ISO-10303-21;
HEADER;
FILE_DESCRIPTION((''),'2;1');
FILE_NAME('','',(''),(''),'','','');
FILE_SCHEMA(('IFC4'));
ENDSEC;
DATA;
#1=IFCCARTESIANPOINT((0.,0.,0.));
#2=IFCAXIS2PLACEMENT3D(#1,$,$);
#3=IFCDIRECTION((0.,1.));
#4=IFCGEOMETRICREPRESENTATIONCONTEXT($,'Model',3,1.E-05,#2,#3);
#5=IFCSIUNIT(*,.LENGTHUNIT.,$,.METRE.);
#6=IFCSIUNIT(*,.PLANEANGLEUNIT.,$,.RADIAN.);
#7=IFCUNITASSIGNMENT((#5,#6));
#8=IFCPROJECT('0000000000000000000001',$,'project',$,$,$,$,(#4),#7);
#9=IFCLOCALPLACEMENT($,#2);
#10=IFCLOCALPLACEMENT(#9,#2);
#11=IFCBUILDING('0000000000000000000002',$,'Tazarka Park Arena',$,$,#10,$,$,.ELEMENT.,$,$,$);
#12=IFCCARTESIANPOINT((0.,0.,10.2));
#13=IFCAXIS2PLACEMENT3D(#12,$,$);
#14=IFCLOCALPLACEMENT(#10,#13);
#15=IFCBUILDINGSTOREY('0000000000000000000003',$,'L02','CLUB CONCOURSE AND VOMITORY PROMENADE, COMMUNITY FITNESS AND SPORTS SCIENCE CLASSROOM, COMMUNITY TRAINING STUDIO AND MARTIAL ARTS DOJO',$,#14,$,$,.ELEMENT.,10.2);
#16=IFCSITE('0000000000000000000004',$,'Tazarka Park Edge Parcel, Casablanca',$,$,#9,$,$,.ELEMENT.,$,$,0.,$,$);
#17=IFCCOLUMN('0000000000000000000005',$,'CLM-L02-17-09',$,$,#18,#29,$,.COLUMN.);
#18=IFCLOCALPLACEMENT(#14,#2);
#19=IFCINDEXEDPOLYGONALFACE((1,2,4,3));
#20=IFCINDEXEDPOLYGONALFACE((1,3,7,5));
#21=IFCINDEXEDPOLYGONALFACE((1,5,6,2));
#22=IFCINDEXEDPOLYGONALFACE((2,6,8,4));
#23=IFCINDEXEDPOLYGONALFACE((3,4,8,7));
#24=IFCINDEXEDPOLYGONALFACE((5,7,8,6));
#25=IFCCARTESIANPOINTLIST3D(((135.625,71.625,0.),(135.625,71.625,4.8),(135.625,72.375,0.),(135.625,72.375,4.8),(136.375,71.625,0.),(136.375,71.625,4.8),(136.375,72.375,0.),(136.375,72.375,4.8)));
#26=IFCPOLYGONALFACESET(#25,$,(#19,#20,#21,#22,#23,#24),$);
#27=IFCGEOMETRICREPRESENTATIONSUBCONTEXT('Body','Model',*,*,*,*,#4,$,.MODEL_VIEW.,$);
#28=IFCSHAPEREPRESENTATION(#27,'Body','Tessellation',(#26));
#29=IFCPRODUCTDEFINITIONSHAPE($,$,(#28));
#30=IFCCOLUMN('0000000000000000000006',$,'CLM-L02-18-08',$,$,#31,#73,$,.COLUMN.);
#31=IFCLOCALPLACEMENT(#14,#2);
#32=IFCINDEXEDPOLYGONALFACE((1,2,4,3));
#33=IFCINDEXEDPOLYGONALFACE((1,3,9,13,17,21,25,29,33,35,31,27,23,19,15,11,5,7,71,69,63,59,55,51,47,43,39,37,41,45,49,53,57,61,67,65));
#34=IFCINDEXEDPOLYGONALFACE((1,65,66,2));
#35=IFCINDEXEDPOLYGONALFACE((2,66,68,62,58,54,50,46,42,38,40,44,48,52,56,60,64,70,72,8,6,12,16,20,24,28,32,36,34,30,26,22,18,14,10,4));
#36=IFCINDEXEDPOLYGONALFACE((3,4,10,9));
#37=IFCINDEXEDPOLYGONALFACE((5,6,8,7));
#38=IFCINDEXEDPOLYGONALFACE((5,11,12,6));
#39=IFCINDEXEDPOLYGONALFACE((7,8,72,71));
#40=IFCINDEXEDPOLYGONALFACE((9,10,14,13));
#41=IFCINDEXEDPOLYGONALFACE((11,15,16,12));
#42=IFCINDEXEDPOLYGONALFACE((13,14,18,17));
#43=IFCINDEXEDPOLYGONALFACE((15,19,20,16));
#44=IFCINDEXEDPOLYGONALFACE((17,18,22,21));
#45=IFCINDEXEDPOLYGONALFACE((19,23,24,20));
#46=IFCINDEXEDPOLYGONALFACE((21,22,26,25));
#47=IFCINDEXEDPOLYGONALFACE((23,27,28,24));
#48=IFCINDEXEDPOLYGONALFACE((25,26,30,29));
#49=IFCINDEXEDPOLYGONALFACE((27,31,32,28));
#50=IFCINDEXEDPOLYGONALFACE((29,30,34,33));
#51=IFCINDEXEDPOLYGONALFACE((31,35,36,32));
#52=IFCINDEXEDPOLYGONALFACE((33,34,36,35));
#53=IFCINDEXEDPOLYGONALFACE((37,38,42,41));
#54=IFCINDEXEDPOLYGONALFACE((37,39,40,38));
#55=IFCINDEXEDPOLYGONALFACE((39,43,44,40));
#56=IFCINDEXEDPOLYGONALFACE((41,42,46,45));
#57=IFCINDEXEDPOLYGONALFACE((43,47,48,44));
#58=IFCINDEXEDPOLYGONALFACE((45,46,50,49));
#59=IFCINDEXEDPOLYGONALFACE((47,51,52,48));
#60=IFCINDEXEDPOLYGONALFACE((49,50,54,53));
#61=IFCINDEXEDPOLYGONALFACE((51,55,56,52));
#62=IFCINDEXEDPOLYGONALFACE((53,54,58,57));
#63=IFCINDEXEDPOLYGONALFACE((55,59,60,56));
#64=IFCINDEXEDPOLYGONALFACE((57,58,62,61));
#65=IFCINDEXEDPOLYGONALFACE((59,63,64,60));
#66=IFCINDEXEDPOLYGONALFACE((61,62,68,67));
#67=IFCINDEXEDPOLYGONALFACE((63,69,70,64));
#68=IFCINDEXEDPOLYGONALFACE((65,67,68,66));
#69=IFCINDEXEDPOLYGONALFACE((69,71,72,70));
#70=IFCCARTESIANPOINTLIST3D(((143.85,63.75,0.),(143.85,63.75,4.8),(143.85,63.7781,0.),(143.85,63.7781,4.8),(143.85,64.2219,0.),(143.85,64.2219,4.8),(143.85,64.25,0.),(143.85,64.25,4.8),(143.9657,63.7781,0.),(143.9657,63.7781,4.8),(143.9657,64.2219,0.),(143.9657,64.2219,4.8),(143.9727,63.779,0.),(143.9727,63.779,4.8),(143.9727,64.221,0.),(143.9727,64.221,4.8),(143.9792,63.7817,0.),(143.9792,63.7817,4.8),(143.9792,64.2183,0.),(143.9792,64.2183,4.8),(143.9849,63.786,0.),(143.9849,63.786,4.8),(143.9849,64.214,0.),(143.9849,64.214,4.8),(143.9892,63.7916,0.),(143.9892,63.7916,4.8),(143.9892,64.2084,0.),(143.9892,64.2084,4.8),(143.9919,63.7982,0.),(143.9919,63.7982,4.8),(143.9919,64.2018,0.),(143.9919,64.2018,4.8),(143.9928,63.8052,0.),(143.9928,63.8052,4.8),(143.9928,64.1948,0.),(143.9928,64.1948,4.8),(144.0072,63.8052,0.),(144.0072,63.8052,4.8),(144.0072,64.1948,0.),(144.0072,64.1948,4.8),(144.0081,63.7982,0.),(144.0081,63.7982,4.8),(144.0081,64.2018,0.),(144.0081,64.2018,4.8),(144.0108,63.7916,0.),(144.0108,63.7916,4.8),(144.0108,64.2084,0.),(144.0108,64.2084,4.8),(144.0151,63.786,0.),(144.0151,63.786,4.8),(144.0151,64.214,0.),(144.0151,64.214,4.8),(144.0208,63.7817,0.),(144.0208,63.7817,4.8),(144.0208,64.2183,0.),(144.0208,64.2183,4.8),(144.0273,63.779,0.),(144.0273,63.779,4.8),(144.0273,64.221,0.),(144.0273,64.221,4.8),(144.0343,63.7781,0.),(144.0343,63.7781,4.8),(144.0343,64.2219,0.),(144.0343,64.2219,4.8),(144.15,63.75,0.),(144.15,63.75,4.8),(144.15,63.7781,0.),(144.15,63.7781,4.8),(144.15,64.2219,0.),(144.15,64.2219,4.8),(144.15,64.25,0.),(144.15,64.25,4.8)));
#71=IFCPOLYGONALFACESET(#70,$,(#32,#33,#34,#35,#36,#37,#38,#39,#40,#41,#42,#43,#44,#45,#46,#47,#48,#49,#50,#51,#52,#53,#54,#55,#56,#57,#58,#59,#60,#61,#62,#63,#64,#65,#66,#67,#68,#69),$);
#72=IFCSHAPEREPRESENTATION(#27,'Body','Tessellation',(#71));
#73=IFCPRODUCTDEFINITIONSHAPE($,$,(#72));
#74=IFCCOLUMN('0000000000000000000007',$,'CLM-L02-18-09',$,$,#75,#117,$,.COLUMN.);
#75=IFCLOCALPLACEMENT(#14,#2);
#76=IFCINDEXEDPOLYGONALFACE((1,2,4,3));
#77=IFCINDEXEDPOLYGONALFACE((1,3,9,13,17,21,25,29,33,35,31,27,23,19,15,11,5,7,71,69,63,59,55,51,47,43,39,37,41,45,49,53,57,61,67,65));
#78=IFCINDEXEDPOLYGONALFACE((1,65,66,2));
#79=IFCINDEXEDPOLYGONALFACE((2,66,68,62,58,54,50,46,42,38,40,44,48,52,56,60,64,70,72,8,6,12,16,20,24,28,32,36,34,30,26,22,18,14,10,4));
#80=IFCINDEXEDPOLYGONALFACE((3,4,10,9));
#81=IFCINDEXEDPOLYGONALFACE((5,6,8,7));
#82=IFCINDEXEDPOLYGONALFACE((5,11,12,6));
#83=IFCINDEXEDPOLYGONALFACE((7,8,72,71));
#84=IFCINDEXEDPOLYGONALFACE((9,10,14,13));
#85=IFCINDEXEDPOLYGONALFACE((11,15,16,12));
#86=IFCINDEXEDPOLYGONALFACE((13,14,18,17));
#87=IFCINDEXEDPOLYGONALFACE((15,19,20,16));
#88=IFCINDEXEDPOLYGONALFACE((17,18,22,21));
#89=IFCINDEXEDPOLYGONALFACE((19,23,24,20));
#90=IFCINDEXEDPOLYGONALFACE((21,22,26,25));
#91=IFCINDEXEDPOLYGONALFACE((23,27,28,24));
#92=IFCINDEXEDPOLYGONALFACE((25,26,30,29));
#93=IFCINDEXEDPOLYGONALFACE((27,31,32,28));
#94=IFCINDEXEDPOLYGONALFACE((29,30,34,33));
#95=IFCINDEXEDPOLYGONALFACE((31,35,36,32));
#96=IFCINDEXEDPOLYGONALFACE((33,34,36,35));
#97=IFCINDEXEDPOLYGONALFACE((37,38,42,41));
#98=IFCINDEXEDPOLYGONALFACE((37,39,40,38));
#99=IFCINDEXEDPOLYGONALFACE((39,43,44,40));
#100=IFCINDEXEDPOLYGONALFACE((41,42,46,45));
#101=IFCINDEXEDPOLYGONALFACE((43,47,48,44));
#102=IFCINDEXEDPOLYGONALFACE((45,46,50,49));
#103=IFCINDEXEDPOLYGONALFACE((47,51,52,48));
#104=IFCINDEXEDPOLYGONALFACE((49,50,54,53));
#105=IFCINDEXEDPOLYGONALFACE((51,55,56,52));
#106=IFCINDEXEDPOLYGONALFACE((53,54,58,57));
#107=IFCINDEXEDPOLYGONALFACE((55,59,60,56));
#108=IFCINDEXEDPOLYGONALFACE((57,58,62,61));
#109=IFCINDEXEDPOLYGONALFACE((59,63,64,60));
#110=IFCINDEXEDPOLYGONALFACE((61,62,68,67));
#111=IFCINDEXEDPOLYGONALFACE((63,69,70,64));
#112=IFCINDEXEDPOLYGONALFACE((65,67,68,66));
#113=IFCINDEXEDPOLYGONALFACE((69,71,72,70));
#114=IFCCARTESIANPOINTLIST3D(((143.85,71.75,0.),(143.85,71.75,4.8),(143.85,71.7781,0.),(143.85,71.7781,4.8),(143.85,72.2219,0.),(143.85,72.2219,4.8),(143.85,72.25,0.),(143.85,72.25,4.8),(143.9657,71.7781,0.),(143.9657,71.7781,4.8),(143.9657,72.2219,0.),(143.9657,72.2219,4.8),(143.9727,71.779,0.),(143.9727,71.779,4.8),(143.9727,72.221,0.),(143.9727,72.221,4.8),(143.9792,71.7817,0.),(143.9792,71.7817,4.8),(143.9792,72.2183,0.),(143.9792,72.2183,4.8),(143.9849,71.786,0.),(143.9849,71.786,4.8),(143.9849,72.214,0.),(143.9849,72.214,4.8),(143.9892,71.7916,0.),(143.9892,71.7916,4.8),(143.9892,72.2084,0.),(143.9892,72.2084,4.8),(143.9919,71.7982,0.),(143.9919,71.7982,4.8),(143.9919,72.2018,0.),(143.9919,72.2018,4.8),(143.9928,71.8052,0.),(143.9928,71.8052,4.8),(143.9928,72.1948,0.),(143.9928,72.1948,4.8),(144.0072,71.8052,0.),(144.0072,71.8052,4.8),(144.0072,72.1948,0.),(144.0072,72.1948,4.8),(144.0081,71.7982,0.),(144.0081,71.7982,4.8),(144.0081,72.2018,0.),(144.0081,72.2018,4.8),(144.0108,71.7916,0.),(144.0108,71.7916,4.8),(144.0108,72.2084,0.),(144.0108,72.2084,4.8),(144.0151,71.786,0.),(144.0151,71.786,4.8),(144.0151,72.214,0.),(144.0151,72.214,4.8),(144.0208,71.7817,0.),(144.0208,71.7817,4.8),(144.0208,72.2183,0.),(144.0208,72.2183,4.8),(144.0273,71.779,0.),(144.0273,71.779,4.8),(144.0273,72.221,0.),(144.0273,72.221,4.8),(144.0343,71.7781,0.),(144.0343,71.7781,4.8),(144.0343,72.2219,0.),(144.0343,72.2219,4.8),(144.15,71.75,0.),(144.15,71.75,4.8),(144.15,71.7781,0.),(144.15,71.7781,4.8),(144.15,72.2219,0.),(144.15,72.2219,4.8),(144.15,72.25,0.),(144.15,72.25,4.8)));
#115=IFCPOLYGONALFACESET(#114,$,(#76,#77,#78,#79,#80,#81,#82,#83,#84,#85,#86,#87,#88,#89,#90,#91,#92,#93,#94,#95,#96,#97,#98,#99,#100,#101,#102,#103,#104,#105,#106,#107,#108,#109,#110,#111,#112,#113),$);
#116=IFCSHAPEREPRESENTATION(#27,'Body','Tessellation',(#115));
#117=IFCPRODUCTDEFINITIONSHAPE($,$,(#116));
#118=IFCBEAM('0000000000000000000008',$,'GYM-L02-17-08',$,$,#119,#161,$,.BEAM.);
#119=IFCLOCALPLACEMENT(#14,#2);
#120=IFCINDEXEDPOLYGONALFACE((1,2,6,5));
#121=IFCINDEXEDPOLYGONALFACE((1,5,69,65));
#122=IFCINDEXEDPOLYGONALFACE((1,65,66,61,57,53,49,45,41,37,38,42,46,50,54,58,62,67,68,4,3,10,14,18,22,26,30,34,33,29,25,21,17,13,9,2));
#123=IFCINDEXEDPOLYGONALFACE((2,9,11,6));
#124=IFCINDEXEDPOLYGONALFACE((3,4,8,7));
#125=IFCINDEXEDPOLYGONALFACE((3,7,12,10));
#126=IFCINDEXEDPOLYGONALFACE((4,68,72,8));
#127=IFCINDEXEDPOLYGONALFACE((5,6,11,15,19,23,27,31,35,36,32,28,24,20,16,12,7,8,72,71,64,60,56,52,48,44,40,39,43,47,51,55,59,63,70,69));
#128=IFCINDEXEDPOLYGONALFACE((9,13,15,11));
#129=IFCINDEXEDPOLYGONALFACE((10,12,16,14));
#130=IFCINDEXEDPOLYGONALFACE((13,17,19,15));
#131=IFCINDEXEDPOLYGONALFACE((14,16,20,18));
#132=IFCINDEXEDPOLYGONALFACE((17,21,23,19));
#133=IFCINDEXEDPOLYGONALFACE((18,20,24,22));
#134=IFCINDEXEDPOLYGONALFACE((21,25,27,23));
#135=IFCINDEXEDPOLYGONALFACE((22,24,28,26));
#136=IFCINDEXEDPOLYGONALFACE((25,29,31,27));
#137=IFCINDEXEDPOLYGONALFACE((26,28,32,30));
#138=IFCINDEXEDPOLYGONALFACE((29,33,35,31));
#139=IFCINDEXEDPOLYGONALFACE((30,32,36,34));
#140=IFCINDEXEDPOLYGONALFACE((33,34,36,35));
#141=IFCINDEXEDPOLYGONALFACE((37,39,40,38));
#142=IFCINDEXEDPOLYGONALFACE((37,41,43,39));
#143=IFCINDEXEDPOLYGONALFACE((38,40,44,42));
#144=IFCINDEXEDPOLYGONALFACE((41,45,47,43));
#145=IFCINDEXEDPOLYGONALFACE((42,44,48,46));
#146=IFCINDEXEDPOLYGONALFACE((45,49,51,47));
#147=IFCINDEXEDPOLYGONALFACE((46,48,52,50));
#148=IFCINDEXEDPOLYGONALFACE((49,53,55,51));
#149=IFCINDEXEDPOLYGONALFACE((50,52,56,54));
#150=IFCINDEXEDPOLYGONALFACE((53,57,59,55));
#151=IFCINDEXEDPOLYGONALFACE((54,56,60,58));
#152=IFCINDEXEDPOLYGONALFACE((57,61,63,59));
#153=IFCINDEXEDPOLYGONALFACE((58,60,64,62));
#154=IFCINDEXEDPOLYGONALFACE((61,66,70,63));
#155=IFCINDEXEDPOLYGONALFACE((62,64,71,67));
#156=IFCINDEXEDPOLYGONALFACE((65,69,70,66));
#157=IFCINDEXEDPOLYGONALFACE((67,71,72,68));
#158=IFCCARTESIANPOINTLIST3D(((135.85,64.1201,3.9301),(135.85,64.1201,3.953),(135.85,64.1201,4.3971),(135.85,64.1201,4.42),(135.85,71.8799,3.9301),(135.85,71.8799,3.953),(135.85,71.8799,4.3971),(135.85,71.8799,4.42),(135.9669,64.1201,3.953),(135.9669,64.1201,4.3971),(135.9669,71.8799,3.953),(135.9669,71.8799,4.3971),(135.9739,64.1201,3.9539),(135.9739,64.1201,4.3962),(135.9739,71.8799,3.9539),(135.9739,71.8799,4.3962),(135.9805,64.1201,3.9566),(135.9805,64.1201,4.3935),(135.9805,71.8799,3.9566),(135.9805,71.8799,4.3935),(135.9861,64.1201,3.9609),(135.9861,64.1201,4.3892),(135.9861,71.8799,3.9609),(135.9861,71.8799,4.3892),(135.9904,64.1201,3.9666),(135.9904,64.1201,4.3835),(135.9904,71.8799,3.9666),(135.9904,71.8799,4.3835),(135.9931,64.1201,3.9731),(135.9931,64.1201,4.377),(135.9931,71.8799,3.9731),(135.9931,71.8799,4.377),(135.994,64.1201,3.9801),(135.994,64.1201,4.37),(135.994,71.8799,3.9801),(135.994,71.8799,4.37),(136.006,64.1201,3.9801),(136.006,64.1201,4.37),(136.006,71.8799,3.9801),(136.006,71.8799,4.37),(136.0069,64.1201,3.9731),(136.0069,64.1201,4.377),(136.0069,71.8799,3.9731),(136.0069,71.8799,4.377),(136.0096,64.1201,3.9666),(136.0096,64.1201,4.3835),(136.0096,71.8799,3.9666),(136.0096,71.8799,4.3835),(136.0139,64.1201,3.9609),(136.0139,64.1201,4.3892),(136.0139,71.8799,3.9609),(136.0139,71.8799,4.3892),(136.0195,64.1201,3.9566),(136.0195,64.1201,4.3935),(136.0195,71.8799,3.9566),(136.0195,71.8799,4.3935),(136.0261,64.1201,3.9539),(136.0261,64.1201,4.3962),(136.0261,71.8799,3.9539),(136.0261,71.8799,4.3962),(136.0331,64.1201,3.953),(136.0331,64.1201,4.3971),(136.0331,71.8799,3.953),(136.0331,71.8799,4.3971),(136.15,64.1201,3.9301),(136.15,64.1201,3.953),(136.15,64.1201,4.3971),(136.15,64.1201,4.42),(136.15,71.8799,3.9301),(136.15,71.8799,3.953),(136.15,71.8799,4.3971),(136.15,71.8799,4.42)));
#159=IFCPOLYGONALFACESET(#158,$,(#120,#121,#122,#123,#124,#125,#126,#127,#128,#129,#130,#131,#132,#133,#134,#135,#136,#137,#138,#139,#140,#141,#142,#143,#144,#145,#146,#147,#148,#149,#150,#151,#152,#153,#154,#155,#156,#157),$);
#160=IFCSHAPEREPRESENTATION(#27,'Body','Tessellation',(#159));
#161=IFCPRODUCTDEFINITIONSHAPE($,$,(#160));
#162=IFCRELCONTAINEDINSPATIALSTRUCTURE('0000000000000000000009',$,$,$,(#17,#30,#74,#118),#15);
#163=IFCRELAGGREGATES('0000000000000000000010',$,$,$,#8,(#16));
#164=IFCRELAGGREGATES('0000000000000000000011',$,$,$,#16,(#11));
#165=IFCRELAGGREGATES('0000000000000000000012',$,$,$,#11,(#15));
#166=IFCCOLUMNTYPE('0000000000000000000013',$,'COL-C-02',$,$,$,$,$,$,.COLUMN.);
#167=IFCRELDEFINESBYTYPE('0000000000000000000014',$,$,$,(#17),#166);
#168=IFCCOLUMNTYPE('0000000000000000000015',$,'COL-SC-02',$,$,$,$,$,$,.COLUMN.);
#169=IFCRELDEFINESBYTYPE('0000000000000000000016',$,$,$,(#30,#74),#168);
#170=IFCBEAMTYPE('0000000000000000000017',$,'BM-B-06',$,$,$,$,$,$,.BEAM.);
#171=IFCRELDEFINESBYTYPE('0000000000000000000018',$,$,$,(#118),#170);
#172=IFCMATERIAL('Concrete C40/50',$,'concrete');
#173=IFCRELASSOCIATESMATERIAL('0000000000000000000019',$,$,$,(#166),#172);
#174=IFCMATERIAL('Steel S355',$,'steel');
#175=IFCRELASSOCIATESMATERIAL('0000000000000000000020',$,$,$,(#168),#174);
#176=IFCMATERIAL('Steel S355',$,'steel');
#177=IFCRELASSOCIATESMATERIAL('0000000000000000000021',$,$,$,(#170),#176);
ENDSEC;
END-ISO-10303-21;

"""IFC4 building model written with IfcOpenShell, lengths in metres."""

from ifc_helpers import new_model, si_unit, direction, frame, origin, origin_2d, place, context, subcontext, project, spatial, rectangle, i_section, extrude, material, material_profile, profile_set, type_object, element, save


model = new_model("IFC4")

# Units and contexts
model_context = context("Model", 3, precision=1e-05, world=origin(), true_north=direction((0.0, 1.0)))
body_context = subcontext(model_context, "Body", "Model", "MODEL_VIEW")
ifc_project = project(units=[si_unit("LENGTHUNIT", "METRE"), si_unit("PLANEANGLEUNIT", "RADIAN")], contexts=[model_context])

# Site, building, storey
site_placement = place(None, origin())
site = spatial("IfcSite", under=ifc_project, at=site_placement, Name="Tazarka Park Edge Parcel, Casablanca", CompositionType="ELEMENT", RefElevation=0.0)
building_placement = place(site_placement, origin())
building = spatial("IfcBuilding", under=site, at=building_placement, Name="Tazarka Park Arena", CompositionType="ELEMENT")
storey_placement = place(building_placement, frame((0.0, 0.0, 10.2)))
storey = spatial("IfcBuildingStorey", under=building, at=storey_placement, Name="L02", Description="CLUB CONCOURSE AND VOMITORY PROMENADE, COMMUNITY FITNESS AND SPORTS SCIENCE CLASSROOM, COMMUNITY TRAINING STUDIO AND MARTIAL ARTS DOJO", CompositionType="ELEMENT", Elevation=10.2)

# Columns
ifc_material_1 = material(Name="Concrete C40/50", Category="concrete")
ifc_material_profile_1 = material_profile(ifc_material_1, rectangle(XDim=0.75, YDim=0.75, at=origin_2d()), Name="Concrete C40/50")
ifc_profile_set_1 = profile_set([ifc_material_profile_1], Name="Concrete C40/50")
column_type_1 = type_object("IfcColumnType", Name="COL-C-02", PredefinedType="COLUMN", material=ifc_profile_set_1)
column_placement = place(storey_placement, frame((136.0, 72.0, 0.0), z_axis=(0.0, 0.0, 1.0), x_axis=(1.0, 0.0, 0.0)))
element("IfcColumn", 1, at=column_placement, inside=storey, type_object=column_type_1, Name="CLM-L02-17-09", PredefinedType="COLUMN", context=body_context, shape_type="SweptSolid", body=[
    extrude(rectangle(XDim=0.75, YDim=0.75, at=origin_2d()), origin(), (0.0, 0.0, 1.0), 4.8),
])
ifc_material_2 = material(Name="Steel S355", Category="steel")
ifc_material_profile_2 = material_profile(ifc_material_2, i_section(OverallWidth=0.3, OverallDepth=0.5, WebThickness=0.0144, FlangeThickness=0.0281, FilletRadius=0.0271, at=origin_2d()), Name="Steel S355")
ifc_profile_set_2 = profile_set([ifc_material_profile_2], Name="Steel S355")
column_type_2 = type_object("IfcColumnType", Name="COL-SC-02", PredefinedType="COLUMN", material=ifc_profile_set_2)
for number, where, z_axis, x_axis, name in (
    (2, (144.0, 64.0, 0.0), (0.0, 0.0, 1.0), (1.0, 0.0, 0.0), "CLM-L02-18-08"),
    (3, (144.0, 72.0, 0.0), (0.0, 0.0, 1.0), (1.0, 0.0, 0.0), "CLM-L02-18-09"),
):
    element("IfcColumn", number, at=place(storey_placement, frame(where, z_axis=z_axis, x_axis=x_axis)), inside=storey, type_object=column_type_2, Name=name, PredefinedType="COLUMN", context=body_context, shape_type="SweptSolid", body=[
        extrude(i_section(OverallWidth=0.3, OverallDepth=0.5, WebThickness=0.0144, FlangeThickness=0.0281, FilletRadius=0.0271, at=origin_2d()), origin(), (0.0, 0.0, 1.0), 4.8),
    ])

# Beam
ifc_material_3 = material(Name="Steel S355", Category="steel")
ifc_material_profile_3 = material_profile(ifc_material_3, i_section(OverallWidth=0.3, OverallDepth=0.49, WebThickness=0.012, FlangeThickness=0.0229, FilletRadius=0.0271, at=origin_2d()), Name="Steel S355")
ifc_profile_set_3 = profile_set([ifc_material_profile_3], Name="Steel S355")
beam_type_1 = type_object("IfcBeamType", Name="BM-B-06", PredefinedType="BEAM", material=ifc_profile_set_3)
for number, where, z_axis, x_axis, name in (
    (4, (136.0, 64.1201, 4.175), (0.0, 1.0, 0.0), (-1.0, 0.0, 0.0), "GYM-L02-17-08"),
):
    element("IfcBeam", number, at=place(storey_placement, frame(where, z_axis=z_axis, x_axis=x_axis)), inside=storey, type_object=beam_type_1, Name=name, PredefinedType="BEAM", context=body_context, shape_type="SweptSolid", body=[
        extrude(i_section(OverallWidth=0.3, OverallDepth=0.49, WebThickness=0.012, FlangeThickness=0.0229, FilletRadius=0.0271, at=origin_2d()), origin(), (0.0, 0.0, 1.0), 7.7598),
    ])

save(model, "model.ifc")
